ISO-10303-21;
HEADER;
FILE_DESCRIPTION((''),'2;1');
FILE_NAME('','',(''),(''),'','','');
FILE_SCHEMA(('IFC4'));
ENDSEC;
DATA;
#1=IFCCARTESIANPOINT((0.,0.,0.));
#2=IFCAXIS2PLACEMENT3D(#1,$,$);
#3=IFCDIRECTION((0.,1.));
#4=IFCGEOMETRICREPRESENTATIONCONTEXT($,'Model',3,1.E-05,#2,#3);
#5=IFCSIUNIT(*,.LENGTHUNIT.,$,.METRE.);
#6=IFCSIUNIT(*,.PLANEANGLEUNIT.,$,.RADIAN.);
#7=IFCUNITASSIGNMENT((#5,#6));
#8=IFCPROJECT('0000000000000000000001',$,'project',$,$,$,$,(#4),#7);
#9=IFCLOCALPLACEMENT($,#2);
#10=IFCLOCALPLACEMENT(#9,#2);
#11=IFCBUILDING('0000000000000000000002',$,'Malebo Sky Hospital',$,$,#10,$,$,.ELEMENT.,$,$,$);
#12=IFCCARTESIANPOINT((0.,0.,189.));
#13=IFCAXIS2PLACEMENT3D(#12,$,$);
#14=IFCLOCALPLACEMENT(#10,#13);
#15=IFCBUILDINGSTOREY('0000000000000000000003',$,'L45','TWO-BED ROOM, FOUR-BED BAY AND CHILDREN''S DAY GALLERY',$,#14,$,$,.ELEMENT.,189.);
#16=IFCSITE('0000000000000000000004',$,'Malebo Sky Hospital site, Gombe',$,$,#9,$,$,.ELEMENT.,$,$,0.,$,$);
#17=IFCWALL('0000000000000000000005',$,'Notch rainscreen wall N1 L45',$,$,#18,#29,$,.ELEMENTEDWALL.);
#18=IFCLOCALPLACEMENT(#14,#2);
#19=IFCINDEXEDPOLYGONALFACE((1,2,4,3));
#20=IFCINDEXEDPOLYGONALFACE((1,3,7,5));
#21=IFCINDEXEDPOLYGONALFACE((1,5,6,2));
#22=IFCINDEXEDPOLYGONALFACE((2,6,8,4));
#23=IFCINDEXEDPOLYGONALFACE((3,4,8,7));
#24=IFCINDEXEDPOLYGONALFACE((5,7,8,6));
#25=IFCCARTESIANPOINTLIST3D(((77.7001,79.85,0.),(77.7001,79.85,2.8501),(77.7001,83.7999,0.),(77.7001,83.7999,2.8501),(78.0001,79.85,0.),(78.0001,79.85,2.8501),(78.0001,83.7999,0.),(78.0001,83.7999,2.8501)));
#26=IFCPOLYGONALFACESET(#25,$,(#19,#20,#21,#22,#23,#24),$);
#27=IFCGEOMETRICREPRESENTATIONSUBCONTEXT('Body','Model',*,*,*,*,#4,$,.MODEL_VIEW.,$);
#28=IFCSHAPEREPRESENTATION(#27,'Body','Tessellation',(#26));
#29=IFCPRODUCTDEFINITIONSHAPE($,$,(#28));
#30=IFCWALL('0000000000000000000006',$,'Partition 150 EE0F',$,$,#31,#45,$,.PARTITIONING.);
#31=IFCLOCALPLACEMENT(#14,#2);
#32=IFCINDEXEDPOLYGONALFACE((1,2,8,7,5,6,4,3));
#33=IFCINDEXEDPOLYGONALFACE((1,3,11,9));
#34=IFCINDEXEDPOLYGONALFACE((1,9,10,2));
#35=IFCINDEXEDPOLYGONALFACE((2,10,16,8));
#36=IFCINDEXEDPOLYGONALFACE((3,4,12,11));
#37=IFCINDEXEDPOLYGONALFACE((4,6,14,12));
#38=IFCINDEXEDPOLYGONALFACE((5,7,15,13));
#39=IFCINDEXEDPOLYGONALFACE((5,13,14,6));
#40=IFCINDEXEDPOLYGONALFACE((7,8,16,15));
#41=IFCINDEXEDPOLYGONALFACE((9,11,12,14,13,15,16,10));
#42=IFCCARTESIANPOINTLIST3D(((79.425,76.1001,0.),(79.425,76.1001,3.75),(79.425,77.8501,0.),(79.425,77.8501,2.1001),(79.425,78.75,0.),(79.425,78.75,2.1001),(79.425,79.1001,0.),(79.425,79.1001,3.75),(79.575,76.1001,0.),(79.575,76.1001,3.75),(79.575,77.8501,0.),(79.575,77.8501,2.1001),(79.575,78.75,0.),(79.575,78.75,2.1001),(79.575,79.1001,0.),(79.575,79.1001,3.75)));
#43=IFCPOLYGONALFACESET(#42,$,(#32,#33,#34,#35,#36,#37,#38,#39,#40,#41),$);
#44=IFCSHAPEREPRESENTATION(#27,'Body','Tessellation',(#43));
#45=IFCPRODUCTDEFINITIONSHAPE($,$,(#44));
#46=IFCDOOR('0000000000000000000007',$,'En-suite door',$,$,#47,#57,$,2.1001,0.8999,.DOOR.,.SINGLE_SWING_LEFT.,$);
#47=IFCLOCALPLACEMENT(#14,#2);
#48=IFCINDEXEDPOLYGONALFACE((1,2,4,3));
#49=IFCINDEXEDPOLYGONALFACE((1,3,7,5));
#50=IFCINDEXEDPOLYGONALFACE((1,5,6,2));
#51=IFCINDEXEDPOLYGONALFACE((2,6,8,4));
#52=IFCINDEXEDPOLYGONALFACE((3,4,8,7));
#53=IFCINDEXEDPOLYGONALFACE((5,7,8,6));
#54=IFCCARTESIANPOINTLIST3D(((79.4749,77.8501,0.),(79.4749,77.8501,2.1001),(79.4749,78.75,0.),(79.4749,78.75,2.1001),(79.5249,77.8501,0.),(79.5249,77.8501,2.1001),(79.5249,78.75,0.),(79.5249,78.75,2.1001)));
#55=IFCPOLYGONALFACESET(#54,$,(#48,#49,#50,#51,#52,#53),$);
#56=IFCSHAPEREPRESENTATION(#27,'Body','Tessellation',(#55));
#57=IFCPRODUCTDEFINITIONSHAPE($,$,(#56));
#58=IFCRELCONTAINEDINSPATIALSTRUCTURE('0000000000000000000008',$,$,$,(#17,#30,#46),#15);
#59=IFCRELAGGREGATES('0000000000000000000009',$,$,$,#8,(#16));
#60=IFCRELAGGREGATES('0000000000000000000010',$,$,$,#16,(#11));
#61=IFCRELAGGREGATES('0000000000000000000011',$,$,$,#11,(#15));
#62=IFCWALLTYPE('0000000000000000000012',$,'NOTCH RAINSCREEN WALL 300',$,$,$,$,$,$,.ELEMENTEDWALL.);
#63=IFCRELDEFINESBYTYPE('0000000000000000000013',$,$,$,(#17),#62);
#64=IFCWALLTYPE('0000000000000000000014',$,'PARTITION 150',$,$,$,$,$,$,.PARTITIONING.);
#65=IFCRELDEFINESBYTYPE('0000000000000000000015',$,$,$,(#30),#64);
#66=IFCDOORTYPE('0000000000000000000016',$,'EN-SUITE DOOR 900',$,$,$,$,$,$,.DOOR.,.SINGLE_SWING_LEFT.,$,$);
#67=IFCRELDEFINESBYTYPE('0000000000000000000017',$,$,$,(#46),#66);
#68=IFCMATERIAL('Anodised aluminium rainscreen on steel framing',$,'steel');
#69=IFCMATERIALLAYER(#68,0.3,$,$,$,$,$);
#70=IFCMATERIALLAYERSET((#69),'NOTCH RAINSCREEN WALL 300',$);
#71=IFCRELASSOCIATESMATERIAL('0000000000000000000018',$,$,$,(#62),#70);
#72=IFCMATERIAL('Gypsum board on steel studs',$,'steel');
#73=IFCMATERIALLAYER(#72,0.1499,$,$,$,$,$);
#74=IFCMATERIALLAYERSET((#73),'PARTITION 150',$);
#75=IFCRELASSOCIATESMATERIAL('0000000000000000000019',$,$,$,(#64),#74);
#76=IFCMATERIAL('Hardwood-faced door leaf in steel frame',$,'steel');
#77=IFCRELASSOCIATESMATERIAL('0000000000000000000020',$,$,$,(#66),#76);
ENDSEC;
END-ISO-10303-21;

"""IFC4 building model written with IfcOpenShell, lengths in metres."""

from ifc_helpers import new_model, si_unit, direction, frame, frame_2d, origin, place, context, subcontext, project, spatial, rectangle, extrude, material, layer, layer_set, type_object, element, fill, save


model = new_model("IFC4")

# Units and contexts
model_context = context("Model", 3, precision=1e-05, world=origin(), true_north=direction((0.0, 1.0)))
body_context = subcontext(model_context, "Body", "Model", "MODEL_VIEW")
ifc_project = project(units=[si_unit("LENGTHUNIT", "METRE"), si_unit("PLANEANGLEUNIT", "RADIAN")], contexts=[model_context])

# Site, building, storey
site_placement = place(None, origin())
site = spatial("IfcSite", under=ifc_project, at=site_placement, Name="Malebo Sky Hospital site, Gombe", CompositionType="ELEMENT", RefElevation=0.0)
building_placement = place(site_placement, origin())
building = spatial("IfcBuilding", under=site, at=building_placement, Name="Malebo Sky Hospital", CompositionType="ELEMENT")
storey_placement = place(building_placement, frame((0.0, 0.0, 189.0)))
storey = spatial("IfcBuildingStorey", under=building, at=storey_placement, Name="L45", Description="TWO-BED ROOM, FOUR-BED BAY AND CHILDREN'S DAY GALLERY", CompositionType="ELEMENT", Elevation=189.0)

# Wall
ifc_material_1 = material(Name="Anodised aluminium rainscreen on steel framing", Category="steel")
ifc_layer_1 = layer(ifc_material_1, 0.3)
ifc_layer_set_1 = layer_set([ifc_layer_1], Name="NOTCH RAINSCREEN WALL 300")
wall_type_1 = type_object("IfcWallType", Name="NOTCH RAINSCREEN WALL 300", PredefinedType="ELEMENTEDWALL", material=ifc_layer_set_1)
wall_1_placement = place(storey_placement, frame((77.8501, 83.8, 0.0), z_axis=(0.0, 0.0, 1.0), x_axis=(0.0, -1.0, 0.0)))
element("IfcWall", 1, at=wall_1_placement, inside=storey, type_object=wall_type_1, Name="Notch rainscreen wall N1 L45", PredefinedType="ELEMENTEDWALL", context=body_context, shape_type="SweptSolid", body=[
    extrude(rectangle(XDim=3.95, YDim=0.3, at=frame_2d((1.9751, 0.0))), origin(), (0.0, 0.0, 1.0), 2.8501),
])

# Wall, opening, door
ifc_material_2 = material(Name="Gypsum board on steel studs", Category="steel")
ifc_layer_2 = layer(ifc_material_2, 0.1499)
ifc_layer_set_2 = layer_set([ifc_layer_2], Name="PARTITION 150")
wall_type_2 = type_object("IfcWallType", Name="PARTITION 150", PredefinedType="PARTITIONING", material=ifc_layer_set_2)
wall_2_placement = place(storey_placement, frame((79.5, 79.1001, 0.0), z_axis=(0.0, 0.0, 1.0), x_axis=(0.0, -1.0, 0.0)))
wall_2 = element("IfcWall", 2, at=wall_2_placement, inside=storey, type_object=wall_type_2, Name="Partition 150 EE0F", PredefinedType="PARTITIONING", context=body_context, shape_type="SweptSolid", body=[
    extrude(rectangle(XDim=3.0, YDim=0.1499, at=frame_2d((1.5, 0.0))), origin(), (0.0, 0.0, 1.0), 3.75),
])
opening_placement = place(wall_2_placement, frame((0.3501, 0.0, 0.0)))
opening = element("IfcOpeningElement", 3, at=opening_placement, cuts=wall_2, PredefinedType="OPENING", context=body_context, shape_type="SweptSolid", body=[
    extrude(rectangle(XDim=0.8999, YDim=2.1001, at=frame_2d((0.45, 1.05))), frame((0.0, 0.085, 0.0), z_axis=(0.0, -1.0, 0.0), x_axis=(1.0, 0.0, 0.0)), (0.0, 0.0, 1.0), 0.1699),
])
ifc_material_3 = material(Name="Hardwood-faced door leaf in steel frame", Category="steel")
door_type = type_object("IfcDoorType", Name="EN-SUITE DOOR 900", OperationType="SINGLE_SWING_LEFT", PredefinedType="DOOR", material=ifc_material_3)
door_placement = place(opening_placement, origin())
door = element("IfcDoor", 4, at=door_placement, inside=storey, type_object=door_type, Name="En-suite door", OperationType="SINGLE_SWING_LEFT", OverallHeight=2.1001, OverallWidth=0.8999, PredefinedType="DOOR", context=body_context, shape_type="SweptSolid", body=[
    extrude(rectangle(XDim=0.8999, YDim=2.1001, at=frame_2d((0.45, 1.05))), frame((0.0, 0.0249, 0.0), z_axis=(0.0, -1.0, 0.0), x_axis=(1.0, 0.0, 0.0)), (0.0, 0.0, 1.0), 0.05),
])
fill(opening, door)

save(model, "model.ifc")
